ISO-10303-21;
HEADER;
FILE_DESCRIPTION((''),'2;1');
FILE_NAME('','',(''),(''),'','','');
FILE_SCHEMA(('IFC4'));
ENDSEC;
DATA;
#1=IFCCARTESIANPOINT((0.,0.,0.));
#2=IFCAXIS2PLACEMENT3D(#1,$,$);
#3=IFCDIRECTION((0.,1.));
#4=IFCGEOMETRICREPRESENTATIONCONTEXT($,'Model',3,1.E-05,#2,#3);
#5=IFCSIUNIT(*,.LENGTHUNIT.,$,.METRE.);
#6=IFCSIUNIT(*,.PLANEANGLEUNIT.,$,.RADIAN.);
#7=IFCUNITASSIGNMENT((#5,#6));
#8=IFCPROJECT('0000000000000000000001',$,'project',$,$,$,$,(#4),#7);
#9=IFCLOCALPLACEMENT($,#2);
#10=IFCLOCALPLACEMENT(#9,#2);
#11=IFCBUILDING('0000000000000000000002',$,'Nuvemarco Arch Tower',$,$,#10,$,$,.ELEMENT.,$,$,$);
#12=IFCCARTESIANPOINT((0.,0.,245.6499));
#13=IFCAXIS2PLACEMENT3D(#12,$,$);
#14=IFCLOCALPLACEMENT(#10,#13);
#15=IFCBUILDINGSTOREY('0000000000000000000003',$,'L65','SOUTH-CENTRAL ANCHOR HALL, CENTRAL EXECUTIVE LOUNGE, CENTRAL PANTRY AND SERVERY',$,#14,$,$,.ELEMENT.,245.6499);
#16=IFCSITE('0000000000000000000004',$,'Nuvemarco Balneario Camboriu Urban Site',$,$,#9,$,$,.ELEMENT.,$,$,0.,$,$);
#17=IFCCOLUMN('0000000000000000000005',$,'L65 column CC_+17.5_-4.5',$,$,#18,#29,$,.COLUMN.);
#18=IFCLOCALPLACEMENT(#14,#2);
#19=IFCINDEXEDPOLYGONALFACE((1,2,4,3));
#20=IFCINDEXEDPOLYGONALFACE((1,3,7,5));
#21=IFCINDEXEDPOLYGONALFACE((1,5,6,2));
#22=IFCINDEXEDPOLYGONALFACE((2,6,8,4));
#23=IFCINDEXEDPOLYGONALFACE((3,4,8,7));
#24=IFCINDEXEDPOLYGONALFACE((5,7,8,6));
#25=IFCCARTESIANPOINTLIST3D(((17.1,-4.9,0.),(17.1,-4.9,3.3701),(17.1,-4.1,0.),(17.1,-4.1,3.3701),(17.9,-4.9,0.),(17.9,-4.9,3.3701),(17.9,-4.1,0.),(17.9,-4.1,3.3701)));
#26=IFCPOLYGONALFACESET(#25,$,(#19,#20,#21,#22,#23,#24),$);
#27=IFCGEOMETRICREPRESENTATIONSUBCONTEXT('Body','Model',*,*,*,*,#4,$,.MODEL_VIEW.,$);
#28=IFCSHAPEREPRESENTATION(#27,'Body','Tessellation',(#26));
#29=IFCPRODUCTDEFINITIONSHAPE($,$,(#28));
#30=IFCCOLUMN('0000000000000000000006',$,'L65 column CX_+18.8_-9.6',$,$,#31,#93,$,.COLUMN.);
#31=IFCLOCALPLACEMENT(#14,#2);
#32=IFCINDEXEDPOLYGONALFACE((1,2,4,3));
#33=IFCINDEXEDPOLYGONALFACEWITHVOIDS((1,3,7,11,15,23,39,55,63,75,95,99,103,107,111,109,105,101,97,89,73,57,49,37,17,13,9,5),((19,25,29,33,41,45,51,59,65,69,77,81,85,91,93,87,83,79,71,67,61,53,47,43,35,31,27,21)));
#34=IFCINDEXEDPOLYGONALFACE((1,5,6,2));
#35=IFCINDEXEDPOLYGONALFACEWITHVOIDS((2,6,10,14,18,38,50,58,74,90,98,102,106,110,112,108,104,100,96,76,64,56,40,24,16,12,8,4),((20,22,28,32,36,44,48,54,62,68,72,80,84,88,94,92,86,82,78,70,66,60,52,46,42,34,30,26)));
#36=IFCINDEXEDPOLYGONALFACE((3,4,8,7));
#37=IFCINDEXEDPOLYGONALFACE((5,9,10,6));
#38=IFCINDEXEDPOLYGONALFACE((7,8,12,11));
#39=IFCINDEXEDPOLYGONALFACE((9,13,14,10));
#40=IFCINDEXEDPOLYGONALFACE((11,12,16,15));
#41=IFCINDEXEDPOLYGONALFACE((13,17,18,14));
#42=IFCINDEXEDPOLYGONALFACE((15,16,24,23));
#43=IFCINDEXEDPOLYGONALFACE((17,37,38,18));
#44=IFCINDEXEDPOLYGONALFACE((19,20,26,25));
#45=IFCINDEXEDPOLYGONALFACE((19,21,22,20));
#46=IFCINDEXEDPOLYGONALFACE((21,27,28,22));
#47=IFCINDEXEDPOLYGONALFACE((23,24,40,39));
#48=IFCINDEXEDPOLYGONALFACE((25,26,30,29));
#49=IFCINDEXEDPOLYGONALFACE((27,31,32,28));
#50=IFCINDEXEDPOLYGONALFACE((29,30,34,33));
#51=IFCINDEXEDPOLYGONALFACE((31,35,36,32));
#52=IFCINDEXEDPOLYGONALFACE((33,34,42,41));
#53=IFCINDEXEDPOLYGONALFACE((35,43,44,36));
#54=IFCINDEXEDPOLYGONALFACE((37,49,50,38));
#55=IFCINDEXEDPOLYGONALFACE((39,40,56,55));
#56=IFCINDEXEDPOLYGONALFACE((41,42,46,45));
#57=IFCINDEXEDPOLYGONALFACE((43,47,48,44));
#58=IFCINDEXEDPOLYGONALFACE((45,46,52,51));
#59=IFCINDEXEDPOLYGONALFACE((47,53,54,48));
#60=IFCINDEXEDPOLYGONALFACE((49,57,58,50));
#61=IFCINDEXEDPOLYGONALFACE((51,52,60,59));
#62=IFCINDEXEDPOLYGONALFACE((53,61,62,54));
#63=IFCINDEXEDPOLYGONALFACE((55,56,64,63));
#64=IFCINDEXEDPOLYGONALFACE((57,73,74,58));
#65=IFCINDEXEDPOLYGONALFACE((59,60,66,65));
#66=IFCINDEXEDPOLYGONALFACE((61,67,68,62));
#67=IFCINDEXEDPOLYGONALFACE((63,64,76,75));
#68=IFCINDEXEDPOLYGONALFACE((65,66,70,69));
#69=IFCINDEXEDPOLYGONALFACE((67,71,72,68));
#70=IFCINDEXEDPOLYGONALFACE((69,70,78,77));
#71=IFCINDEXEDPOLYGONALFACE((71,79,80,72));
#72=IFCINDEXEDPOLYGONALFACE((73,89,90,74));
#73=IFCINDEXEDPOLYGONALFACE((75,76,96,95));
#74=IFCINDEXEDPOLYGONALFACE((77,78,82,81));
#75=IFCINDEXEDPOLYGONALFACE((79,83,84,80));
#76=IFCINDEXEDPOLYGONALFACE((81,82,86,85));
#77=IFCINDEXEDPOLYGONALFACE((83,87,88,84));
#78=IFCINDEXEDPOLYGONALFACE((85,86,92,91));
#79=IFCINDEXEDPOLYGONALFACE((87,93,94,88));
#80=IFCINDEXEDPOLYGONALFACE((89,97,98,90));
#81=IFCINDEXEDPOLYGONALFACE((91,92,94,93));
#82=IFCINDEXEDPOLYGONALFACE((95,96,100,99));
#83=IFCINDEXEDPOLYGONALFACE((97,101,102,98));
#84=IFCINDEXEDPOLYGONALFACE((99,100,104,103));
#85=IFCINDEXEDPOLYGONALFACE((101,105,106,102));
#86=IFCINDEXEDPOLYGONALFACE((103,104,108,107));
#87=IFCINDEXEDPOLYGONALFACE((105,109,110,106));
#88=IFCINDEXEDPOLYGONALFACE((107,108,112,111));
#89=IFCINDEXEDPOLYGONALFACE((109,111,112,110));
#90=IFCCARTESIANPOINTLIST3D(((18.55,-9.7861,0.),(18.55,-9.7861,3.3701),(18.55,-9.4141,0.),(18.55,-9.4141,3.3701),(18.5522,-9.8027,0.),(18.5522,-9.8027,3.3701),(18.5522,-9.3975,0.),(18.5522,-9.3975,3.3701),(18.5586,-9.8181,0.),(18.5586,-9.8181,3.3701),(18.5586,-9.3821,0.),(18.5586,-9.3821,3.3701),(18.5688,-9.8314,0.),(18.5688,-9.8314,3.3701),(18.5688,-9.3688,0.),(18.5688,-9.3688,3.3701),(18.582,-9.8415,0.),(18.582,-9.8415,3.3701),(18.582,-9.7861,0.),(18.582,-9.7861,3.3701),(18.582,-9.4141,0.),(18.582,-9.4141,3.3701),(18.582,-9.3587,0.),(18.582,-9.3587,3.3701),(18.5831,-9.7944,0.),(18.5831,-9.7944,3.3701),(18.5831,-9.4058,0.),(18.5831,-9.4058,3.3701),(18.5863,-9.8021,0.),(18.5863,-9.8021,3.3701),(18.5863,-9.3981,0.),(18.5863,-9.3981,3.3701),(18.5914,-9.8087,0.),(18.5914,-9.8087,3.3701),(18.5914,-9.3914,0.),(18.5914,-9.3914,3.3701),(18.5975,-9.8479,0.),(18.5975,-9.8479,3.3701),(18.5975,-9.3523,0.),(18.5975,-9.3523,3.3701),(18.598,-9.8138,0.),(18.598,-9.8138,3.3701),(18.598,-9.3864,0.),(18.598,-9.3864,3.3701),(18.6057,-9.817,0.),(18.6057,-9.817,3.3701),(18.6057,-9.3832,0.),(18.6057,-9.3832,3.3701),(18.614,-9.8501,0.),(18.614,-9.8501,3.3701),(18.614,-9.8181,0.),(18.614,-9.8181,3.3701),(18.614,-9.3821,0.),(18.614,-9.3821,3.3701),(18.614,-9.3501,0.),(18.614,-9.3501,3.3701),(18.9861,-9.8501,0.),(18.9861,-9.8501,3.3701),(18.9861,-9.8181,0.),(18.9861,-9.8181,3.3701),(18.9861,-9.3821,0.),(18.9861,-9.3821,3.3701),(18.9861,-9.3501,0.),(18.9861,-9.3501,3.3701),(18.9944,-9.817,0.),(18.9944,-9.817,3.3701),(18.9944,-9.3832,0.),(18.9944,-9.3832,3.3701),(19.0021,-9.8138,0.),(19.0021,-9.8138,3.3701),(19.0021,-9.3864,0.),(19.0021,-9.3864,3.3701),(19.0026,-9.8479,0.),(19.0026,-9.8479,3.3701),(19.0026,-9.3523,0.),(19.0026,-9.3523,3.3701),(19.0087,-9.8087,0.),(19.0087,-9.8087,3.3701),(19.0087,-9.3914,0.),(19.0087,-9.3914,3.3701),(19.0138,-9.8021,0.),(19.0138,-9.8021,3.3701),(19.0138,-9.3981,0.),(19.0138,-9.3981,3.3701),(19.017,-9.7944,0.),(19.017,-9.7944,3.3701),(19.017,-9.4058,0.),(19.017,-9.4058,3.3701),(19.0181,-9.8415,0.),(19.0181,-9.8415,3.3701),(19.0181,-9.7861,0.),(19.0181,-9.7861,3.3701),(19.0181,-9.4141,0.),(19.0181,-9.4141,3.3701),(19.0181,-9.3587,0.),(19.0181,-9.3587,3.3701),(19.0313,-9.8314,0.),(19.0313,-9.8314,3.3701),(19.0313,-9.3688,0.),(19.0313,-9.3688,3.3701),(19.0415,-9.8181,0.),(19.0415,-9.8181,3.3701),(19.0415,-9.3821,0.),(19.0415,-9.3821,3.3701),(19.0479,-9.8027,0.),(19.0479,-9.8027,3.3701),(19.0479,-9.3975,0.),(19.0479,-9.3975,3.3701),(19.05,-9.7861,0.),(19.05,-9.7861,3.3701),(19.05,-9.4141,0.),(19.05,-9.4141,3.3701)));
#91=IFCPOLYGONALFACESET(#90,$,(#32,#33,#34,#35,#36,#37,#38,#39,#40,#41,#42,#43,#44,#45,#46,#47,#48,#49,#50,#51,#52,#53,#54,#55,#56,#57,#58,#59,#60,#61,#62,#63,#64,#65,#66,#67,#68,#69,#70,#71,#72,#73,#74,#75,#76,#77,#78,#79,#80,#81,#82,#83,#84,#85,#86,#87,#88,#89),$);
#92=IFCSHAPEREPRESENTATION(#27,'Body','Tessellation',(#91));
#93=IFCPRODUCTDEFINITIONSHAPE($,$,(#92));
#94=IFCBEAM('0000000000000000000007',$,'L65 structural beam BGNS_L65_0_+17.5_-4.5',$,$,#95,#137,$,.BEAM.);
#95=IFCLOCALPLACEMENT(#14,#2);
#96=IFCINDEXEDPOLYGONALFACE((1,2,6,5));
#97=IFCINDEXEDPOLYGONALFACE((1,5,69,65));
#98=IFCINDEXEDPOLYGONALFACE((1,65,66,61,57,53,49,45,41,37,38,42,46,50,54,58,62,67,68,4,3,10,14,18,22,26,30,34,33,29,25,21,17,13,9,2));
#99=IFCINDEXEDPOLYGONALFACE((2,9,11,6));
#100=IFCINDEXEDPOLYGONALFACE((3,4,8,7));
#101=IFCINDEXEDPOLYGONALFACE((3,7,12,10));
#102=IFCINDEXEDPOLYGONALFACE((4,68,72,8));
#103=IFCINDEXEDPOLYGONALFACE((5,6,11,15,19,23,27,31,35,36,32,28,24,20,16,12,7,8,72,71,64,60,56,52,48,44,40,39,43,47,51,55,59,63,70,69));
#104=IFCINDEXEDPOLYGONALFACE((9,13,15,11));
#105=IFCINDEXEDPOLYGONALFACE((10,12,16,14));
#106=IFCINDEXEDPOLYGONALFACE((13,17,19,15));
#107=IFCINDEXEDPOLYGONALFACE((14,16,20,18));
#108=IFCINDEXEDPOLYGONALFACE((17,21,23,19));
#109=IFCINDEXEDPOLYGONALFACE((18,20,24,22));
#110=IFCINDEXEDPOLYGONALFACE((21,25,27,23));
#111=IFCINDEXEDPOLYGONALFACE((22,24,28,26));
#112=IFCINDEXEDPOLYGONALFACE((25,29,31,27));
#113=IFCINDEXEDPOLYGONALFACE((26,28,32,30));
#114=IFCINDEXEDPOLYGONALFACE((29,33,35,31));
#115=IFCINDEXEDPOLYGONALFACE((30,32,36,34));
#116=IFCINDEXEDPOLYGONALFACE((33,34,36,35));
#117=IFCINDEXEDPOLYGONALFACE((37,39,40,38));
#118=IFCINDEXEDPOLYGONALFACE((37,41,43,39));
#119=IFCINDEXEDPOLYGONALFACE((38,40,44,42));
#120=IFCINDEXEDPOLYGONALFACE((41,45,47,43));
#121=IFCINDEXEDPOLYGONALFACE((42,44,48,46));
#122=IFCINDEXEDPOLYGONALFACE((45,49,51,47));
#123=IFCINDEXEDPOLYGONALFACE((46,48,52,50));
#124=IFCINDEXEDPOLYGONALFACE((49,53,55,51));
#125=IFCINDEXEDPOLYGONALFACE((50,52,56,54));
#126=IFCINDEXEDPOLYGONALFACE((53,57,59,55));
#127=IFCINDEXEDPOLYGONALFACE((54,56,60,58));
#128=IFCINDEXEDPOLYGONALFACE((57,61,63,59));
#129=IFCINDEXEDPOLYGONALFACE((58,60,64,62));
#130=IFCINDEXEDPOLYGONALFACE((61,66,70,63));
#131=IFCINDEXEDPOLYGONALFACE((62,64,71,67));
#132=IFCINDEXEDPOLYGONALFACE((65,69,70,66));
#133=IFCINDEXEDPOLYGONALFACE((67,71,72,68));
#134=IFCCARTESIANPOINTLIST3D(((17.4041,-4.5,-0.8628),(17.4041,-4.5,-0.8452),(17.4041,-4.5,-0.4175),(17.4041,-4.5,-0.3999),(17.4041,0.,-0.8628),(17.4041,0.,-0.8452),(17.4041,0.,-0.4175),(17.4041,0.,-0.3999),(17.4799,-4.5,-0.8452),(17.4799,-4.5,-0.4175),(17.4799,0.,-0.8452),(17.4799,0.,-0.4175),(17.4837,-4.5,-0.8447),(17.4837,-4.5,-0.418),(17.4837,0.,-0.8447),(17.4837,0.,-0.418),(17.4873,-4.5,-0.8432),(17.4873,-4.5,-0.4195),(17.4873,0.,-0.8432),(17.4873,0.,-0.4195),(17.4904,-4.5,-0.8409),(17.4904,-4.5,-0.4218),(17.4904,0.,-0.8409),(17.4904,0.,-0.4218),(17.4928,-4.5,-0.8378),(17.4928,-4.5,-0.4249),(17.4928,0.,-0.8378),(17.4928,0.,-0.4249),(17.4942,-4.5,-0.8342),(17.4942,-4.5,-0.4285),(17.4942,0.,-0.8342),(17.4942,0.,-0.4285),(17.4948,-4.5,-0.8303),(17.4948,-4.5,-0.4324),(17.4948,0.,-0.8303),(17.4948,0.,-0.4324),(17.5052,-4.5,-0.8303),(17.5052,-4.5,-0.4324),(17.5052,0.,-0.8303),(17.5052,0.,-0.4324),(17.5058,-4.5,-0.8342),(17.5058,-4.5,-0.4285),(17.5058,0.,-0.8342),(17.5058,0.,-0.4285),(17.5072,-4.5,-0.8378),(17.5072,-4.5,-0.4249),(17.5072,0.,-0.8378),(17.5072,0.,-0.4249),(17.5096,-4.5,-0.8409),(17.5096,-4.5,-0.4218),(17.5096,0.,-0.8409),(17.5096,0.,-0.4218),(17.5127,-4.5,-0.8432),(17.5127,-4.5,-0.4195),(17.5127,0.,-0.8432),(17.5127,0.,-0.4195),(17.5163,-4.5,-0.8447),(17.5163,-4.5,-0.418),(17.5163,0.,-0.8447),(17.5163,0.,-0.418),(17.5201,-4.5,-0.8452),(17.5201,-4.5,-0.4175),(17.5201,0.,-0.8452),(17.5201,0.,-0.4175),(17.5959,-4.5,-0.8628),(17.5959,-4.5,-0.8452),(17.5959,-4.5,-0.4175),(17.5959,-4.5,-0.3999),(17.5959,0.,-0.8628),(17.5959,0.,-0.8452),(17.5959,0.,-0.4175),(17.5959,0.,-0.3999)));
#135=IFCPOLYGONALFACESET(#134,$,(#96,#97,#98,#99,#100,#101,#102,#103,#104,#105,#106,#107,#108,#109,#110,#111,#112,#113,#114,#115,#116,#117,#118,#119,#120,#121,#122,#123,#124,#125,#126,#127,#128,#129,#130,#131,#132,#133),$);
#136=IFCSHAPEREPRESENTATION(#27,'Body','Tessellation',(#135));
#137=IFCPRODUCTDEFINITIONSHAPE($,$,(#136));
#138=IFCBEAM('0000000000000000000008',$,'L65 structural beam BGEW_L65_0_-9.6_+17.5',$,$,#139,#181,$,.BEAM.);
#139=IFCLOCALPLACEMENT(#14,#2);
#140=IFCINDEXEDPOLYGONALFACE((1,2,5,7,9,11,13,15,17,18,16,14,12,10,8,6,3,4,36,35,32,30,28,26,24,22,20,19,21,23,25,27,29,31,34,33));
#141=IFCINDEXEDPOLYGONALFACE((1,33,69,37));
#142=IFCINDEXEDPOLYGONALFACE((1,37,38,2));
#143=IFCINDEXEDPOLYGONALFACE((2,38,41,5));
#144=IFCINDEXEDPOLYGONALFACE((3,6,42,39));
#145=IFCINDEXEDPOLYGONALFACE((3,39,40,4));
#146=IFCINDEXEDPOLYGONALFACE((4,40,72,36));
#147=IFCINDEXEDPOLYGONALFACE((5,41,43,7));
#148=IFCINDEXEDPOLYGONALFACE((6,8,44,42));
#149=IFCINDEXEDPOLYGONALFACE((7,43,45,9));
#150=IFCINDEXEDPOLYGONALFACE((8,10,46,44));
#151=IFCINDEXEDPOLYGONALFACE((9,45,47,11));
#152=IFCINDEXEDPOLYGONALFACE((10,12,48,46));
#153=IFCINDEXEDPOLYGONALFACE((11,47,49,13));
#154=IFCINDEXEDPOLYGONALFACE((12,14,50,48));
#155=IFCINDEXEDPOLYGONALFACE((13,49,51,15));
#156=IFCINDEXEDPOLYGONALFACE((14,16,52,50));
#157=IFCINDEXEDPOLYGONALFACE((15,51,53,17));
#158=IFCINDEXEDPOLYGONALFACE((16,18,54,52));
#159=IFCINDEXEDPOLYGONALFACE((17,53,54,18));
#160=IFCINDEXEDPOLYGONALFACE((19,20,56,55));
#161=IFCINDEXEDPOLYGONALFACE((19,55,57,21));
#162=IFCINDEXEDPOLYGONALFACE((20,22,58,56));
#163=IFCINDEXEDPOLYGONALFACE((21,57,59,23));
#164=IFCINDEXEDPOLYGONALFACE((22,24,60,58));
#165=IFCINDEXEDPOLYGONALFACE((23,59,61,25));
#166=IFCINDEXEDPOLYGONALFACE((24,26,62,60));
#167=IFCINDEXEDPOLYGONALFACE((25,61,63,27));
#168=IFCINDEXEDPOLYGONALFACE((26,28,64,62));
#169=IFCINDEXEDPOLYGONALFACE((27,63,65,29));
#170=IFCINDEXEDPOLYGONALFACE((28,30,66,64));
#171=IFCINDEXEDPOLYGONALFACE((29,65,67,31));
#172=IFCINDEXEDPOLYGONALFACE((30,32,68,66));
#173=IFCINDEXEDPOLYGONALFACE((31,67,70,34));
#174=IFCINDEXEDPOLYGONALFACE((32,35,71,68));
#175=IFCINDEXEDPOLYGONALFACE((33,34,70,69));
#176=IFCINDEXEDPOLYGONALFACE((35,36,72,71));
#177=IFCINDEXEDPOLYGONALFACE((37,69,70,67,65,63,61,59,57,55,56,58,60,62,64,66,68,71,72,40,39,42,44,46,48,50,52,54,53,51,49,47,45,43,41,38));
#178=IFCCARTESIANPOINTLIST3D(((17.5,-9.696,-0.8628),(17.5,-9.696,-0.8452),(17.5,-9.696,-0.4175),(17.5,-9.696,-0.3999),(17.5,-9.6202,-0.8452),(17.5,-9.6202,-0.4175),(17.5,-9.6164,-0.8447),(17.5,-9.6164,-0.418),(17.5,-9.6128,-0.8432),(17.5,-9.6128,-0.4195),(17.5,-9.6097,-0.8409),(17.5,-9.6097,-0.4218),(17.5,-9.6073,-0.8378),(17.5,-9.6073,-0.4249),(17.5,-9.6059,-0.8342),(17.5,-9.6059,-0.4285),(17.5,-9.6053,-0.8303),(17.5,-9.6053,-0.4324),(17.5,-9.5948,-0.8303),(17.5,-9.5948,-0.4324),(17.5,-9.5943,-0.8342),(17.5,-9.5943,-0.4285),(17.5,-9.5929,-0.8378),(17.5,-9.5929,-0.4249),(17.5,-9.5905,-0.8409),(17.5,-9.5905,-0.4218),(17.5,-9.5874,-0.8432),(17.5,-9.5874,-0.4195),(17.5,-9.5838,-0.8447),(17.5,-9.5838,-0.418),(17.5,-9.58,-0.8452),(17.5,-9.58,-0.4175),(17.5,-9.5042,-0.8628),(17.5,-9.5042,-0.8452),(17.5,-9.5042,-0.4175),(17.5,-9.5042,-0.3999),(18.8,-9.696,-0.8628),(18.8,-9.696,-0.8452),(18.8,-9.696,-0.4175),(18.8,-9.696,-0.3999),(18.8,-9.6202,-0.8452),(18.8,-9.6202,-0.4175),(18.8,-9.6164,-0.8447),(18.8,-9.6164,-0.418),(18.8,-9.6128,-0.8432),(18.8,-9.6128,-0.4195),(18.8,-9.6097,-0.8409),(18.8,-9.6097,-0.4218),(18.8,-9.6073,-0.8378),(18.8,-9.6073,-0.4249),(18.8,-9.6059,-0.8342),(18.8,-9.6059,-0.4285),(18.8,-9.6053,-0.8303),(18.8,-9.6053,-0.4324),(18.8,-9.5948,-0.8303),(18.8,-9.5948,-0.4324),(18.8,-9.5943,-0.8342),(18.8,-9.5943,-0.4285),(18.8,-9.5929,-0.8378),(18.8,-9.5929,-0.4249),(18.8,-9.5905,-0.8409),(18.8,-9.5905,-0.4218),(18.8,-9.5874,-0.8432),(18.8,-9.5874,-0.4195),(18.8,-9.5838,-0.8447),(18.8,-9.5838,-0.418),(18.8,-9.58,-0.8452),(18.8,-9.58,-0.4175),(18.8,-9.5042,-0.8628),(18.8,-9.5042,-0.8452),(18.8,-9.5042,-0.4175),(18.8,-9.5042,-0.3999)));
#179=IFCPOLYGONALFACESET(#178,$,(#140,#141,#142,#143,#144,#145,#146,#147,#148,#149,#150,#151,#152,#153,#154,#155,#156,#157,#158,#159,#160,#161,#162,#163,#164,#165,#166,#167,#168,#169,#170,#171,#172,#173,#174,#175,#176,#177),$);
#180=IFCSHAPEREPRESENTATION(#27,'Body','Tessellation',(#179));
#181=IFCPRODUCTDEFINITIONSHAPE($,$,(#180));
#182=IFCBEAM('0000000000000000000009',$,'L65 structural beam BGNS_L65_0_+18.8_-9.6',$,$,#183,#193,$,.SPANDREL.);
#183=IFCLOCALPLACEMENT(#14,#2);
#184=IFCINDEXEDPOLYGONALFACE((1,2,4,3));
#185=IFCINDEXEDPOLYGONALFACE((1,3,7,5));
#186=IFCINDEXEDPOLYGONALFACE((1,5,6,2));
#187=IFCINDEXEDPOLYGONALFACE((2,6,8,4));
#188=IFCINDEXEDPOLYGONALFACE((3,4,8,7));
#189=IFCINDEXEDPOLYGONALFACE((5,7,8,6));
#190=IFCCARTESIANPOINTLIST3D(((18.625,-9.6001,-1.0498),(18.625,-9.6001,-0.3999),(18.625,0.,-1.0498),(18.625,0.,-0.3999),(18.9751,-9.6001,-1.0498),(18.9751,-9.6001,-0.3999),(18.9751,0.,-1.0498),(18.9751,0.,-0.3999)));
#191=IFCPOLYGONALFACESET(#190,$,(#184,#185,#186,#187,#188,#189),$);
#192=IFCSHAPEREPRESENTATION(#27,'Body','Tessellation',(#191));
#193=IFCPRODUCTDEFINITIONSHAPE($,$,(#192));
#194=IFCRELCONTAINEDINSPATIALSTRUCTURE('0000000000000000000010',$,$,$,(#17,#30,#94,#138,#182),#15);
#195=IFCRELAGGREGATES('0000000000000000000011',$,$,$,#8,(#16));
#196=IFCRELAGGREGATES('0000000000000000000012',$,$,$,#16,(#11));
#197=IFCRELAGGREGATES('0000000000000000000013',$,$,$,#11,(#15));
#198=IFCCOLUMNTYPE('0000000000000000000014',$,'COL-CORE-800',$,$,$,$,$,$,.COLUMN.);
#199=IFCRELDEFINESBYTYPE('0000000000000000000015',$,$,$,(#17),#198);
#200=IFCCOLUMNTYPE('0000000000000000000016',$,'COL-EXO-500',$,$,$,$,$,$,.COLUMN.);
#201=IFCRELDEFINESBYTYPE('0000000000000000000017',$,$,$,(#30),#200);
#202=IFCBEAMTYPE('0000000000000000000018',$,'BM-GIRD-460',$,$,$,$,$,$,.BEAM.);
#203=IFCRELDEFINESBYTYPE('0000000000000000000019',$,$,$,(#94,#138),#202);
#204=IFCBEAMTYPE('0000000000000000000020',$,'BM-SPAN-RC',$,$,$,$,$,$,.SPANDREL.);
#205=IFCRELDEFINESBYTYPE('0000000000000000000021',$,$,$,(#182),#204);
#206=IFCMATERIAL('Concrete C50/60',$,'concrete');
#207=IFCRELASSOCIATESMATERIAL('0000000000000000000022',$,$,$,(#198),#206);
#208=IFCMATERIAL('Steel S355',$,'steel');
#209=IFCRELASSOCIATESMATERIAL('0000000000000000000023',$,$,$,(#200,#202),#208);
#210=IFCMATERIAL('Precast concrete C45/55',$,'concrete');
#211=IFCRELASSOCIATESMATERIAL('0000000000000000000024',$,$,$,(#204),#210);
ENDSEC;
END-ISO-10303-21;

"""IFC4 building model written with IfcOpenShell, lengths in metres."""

from ifc_helpers import new_model, si_unit, direction, frame, origin, origin_2d, place, context, subcontext, project, spatial, rectangle, hollow_rectangle, i_section, extrude, material, material_profile, profile_set, type_object, element, save


model = new_model("IFC4")

# Units and contexts
model_context = context("Model", 3, precision=1e-05, world=origin(), true_north=direction((0.0, 1.0)))
body_context = subcontext(model_context, "Body", "Model", "MODEL_VIEW")
ifc_project = project(units=[si_unit("LENGTHUNIT", "METRE"), si_unit("PLANEANGLEUNIT", "RADIAN")], contexts=[model_context])

# Site, building, storey
site_placement = place(None, origin())
site = spatial("IfcSite", under=ifc_project, at=site_placement, Name="Nuvemarco Balneario Camboriu Urban Site", CompositionType="ELEMENT", RefElevation=0.0)
building_placement = place(site_placement, origin())
building = spatial("IfcBuilding", under=site, at=building_placement, Name="Nuvemarco Arch Tower", CompositionType="ELEMENT")
storey_placement = place(building_placement, frame((0.0, 0.0, 245.6499)))
storey = spatial("IfcBuildingStorey", under=building, at=storey_placement, Name="L65", Description="SOUTH-CENTRAL ANCHOR HALL, CENTRAL EXECUTIVE LOUNGE, CENTRAL PANTRY AND SERVERY", CompositionType="ELEMENT", Elevation=245.6499)

# Columns
ifc_material_1 = material(Name="Concrete C50/60", Category="concrete")
ifc_material_profile_1 = material_profile(ifc_material_1, rectangle(XDim=0.8, YDim=0.8, at=origin_2d()), Name="RC-COL-800x800")
ifc_profile_set_1 = profile_set([ifc_material_profile_1], Name="Concrete C50/60")
column_type_1 = type_object("IfcColumnType", Name="COL-CORE-800", PredefinedType="COLUMN", material=ifc_profile_set_1)
column_1_placement = place(storey_placement, frame((17.5, -4.5, 0.0), z_axis=(0.0, 0.0, 1.0), x_axis=(1.0, 0.0, 0.0)))
element("IfcColumn", 1, at=column_1_placement, inside=storey, type_object=column_type_1, Name="L65 column CC_+17.5_-4.5", PredefinedType="COLUMN", context=body_context, shape_type="SweptSolid", body=[
    extrude(rectangle(XDim=0.8, YDim=0.8, at=origin_2d()), origin(), (0.0, 0.0, 1.0), 3.3701),
])
ifc_material_2 = material(Name="Steel S355", Category="steel")
ifc_material_profile_2 = material_profile(ifc_material_2, hollow_rectangle(XDim=0.5, YDim=0.5, WallThickness=0.032, InnerFilletRadius=0.032, OuterFilletRadius=0.064, at=origin_2d()), Name="SHS500x500x32")
ifc_profile_set_2 = profile_set([ifc_material_profile_2], Name="Steel S355")
column_type_2 = type_object("IfcColumnType", Name="COL-EXO-500", PredefinedType="COLUMN", material=ifc_profile_set_2)
column_2_placement = place(storey_placement, frame((18.8, -9.6001, 0.0), z_axis=(0.0, 0.0, 1.0), x_axis=(1.0, 0.0, 0.0)))
element("IfcColumn", 2, at=column_2_placement, inside=storey, type_object=column_type_2, Name="L65 column CX_+18.8_-9.6", PredefinedType="COLUMN", context=body_context, shape_type="SweptSolid", body=[
    extrude(hollow_rectangle(XDim=0.5, YDim=0.5, WallThickness=0.032, InnerFilletRadius=0.032, OuterFilletRadius=0.064, at=origin_2d()), origin(), (0.0, 0.0, 1.0), 3.3701),
])

# Beams
ifc_material_profile_3 = material_profile(ifc_material_2, i_section(OverallWidth=0.1919, OverallDepth=0.4629, WebThickness=0.0105, FlangeThickness=0.0176, FilletRadius=0.0149, at=origin_2d()), Name="W460x89")
ifc_profile_set_3 = profile_set([ifc_material_profile_3], Name="Steel S355")
beam_type_1 = type_object("IfcBeamType", Name="BM-GIRD-460", PredefinedType="BEAM", material=ifc_profile_set_3)
beam_1_placement = place(storey_placement, frame((17.5, -4.5, -0.6313), z_axis=(0.0, 1.0, 0.0), x_axis=(-1.0, 0.0, 0.0)))
element("IfcBeam", 3, at=beam_1_placement, inside=storey, type_object=beam_type_1, Name="L65 structural beam BGNS_L65_0_+17.5_-4.5", PredefinedType="BEAM", context=body_context, shape_type="SweptSolid", body=[
    extrude(i_section(OverallWidth=0.1919, OverallDepth=0.4629, WebThickness=0.0105, FlangeThickness=0.0176, FilletRadius=0.0149, at=origin_2d()), origin(), (0.0, 0.0, 1.0), 4.5),
])
beam_2_placement = place(storey_placement, frame((17.5, -9.6001, -0.6313), z_axis=(1.0, 0.0, 0.0), x_axis=(0.0, 1.0, 0.0)))
element("IfcBeam", 4, at=beam_2_placement, inside=storey, type_object=beam_type_1, Name="L65 structural beam BGEW_L65_0_-9.6_+17.5", PredefinedType="BEAM", context=body_context, shape_type="SweptSolid", body=[
    extrude(i_section(OverallWidth=0.1919, OverallDepth=0.4629, WebThickness=0.0105, FlangeThickness=0.0176, FilletRadius=0.0149, at=origin_2d()), origin(), (0.0, 0.0, 1.0), 1.3),
])
ifc_material_3 = material(Name="Precast concrete C45/55", Category="concrete")
ifc_material_profile_4 = material_profile(ifc_material_3, rectangle(XDim=0.3501, YDim=0.6499, at=origin_2d()), Name="PC-SP-350x650")
ifc_profile_set_4 = profile_set([ifc_material_profile_4], Name="Precast concrete C45/55")
beam_type_2 = type_object("IfcBeamType", Name="BM-SPAN-RC", PredefinedType="SPANDREL", material=ifc_profile_set_4)
beam_3_placement = place(storey_placement, frame((18.8, -9.6001, -0.7249), z_axis=(0.0, 1.0, 0.0), x_axis=(-1.0, 0.0, 0.0)))
element("IfcBeam", 5, at=beam_3_placement, inside=storey, type_object=beam_type_2, Name="L65 structural beam BGNS_L65_0_+18.8_-9.6", PredefinedType="SPANDREL", context=body_context, shape_type="SweptSolid", body=[
    extrude(rectangle(XDim=0.3501, YDim=0.6499, at=origin_2d()), origin(), (0.0, 0.0, 1.0), 9.6001),
])

save(model, "model.ifc")
